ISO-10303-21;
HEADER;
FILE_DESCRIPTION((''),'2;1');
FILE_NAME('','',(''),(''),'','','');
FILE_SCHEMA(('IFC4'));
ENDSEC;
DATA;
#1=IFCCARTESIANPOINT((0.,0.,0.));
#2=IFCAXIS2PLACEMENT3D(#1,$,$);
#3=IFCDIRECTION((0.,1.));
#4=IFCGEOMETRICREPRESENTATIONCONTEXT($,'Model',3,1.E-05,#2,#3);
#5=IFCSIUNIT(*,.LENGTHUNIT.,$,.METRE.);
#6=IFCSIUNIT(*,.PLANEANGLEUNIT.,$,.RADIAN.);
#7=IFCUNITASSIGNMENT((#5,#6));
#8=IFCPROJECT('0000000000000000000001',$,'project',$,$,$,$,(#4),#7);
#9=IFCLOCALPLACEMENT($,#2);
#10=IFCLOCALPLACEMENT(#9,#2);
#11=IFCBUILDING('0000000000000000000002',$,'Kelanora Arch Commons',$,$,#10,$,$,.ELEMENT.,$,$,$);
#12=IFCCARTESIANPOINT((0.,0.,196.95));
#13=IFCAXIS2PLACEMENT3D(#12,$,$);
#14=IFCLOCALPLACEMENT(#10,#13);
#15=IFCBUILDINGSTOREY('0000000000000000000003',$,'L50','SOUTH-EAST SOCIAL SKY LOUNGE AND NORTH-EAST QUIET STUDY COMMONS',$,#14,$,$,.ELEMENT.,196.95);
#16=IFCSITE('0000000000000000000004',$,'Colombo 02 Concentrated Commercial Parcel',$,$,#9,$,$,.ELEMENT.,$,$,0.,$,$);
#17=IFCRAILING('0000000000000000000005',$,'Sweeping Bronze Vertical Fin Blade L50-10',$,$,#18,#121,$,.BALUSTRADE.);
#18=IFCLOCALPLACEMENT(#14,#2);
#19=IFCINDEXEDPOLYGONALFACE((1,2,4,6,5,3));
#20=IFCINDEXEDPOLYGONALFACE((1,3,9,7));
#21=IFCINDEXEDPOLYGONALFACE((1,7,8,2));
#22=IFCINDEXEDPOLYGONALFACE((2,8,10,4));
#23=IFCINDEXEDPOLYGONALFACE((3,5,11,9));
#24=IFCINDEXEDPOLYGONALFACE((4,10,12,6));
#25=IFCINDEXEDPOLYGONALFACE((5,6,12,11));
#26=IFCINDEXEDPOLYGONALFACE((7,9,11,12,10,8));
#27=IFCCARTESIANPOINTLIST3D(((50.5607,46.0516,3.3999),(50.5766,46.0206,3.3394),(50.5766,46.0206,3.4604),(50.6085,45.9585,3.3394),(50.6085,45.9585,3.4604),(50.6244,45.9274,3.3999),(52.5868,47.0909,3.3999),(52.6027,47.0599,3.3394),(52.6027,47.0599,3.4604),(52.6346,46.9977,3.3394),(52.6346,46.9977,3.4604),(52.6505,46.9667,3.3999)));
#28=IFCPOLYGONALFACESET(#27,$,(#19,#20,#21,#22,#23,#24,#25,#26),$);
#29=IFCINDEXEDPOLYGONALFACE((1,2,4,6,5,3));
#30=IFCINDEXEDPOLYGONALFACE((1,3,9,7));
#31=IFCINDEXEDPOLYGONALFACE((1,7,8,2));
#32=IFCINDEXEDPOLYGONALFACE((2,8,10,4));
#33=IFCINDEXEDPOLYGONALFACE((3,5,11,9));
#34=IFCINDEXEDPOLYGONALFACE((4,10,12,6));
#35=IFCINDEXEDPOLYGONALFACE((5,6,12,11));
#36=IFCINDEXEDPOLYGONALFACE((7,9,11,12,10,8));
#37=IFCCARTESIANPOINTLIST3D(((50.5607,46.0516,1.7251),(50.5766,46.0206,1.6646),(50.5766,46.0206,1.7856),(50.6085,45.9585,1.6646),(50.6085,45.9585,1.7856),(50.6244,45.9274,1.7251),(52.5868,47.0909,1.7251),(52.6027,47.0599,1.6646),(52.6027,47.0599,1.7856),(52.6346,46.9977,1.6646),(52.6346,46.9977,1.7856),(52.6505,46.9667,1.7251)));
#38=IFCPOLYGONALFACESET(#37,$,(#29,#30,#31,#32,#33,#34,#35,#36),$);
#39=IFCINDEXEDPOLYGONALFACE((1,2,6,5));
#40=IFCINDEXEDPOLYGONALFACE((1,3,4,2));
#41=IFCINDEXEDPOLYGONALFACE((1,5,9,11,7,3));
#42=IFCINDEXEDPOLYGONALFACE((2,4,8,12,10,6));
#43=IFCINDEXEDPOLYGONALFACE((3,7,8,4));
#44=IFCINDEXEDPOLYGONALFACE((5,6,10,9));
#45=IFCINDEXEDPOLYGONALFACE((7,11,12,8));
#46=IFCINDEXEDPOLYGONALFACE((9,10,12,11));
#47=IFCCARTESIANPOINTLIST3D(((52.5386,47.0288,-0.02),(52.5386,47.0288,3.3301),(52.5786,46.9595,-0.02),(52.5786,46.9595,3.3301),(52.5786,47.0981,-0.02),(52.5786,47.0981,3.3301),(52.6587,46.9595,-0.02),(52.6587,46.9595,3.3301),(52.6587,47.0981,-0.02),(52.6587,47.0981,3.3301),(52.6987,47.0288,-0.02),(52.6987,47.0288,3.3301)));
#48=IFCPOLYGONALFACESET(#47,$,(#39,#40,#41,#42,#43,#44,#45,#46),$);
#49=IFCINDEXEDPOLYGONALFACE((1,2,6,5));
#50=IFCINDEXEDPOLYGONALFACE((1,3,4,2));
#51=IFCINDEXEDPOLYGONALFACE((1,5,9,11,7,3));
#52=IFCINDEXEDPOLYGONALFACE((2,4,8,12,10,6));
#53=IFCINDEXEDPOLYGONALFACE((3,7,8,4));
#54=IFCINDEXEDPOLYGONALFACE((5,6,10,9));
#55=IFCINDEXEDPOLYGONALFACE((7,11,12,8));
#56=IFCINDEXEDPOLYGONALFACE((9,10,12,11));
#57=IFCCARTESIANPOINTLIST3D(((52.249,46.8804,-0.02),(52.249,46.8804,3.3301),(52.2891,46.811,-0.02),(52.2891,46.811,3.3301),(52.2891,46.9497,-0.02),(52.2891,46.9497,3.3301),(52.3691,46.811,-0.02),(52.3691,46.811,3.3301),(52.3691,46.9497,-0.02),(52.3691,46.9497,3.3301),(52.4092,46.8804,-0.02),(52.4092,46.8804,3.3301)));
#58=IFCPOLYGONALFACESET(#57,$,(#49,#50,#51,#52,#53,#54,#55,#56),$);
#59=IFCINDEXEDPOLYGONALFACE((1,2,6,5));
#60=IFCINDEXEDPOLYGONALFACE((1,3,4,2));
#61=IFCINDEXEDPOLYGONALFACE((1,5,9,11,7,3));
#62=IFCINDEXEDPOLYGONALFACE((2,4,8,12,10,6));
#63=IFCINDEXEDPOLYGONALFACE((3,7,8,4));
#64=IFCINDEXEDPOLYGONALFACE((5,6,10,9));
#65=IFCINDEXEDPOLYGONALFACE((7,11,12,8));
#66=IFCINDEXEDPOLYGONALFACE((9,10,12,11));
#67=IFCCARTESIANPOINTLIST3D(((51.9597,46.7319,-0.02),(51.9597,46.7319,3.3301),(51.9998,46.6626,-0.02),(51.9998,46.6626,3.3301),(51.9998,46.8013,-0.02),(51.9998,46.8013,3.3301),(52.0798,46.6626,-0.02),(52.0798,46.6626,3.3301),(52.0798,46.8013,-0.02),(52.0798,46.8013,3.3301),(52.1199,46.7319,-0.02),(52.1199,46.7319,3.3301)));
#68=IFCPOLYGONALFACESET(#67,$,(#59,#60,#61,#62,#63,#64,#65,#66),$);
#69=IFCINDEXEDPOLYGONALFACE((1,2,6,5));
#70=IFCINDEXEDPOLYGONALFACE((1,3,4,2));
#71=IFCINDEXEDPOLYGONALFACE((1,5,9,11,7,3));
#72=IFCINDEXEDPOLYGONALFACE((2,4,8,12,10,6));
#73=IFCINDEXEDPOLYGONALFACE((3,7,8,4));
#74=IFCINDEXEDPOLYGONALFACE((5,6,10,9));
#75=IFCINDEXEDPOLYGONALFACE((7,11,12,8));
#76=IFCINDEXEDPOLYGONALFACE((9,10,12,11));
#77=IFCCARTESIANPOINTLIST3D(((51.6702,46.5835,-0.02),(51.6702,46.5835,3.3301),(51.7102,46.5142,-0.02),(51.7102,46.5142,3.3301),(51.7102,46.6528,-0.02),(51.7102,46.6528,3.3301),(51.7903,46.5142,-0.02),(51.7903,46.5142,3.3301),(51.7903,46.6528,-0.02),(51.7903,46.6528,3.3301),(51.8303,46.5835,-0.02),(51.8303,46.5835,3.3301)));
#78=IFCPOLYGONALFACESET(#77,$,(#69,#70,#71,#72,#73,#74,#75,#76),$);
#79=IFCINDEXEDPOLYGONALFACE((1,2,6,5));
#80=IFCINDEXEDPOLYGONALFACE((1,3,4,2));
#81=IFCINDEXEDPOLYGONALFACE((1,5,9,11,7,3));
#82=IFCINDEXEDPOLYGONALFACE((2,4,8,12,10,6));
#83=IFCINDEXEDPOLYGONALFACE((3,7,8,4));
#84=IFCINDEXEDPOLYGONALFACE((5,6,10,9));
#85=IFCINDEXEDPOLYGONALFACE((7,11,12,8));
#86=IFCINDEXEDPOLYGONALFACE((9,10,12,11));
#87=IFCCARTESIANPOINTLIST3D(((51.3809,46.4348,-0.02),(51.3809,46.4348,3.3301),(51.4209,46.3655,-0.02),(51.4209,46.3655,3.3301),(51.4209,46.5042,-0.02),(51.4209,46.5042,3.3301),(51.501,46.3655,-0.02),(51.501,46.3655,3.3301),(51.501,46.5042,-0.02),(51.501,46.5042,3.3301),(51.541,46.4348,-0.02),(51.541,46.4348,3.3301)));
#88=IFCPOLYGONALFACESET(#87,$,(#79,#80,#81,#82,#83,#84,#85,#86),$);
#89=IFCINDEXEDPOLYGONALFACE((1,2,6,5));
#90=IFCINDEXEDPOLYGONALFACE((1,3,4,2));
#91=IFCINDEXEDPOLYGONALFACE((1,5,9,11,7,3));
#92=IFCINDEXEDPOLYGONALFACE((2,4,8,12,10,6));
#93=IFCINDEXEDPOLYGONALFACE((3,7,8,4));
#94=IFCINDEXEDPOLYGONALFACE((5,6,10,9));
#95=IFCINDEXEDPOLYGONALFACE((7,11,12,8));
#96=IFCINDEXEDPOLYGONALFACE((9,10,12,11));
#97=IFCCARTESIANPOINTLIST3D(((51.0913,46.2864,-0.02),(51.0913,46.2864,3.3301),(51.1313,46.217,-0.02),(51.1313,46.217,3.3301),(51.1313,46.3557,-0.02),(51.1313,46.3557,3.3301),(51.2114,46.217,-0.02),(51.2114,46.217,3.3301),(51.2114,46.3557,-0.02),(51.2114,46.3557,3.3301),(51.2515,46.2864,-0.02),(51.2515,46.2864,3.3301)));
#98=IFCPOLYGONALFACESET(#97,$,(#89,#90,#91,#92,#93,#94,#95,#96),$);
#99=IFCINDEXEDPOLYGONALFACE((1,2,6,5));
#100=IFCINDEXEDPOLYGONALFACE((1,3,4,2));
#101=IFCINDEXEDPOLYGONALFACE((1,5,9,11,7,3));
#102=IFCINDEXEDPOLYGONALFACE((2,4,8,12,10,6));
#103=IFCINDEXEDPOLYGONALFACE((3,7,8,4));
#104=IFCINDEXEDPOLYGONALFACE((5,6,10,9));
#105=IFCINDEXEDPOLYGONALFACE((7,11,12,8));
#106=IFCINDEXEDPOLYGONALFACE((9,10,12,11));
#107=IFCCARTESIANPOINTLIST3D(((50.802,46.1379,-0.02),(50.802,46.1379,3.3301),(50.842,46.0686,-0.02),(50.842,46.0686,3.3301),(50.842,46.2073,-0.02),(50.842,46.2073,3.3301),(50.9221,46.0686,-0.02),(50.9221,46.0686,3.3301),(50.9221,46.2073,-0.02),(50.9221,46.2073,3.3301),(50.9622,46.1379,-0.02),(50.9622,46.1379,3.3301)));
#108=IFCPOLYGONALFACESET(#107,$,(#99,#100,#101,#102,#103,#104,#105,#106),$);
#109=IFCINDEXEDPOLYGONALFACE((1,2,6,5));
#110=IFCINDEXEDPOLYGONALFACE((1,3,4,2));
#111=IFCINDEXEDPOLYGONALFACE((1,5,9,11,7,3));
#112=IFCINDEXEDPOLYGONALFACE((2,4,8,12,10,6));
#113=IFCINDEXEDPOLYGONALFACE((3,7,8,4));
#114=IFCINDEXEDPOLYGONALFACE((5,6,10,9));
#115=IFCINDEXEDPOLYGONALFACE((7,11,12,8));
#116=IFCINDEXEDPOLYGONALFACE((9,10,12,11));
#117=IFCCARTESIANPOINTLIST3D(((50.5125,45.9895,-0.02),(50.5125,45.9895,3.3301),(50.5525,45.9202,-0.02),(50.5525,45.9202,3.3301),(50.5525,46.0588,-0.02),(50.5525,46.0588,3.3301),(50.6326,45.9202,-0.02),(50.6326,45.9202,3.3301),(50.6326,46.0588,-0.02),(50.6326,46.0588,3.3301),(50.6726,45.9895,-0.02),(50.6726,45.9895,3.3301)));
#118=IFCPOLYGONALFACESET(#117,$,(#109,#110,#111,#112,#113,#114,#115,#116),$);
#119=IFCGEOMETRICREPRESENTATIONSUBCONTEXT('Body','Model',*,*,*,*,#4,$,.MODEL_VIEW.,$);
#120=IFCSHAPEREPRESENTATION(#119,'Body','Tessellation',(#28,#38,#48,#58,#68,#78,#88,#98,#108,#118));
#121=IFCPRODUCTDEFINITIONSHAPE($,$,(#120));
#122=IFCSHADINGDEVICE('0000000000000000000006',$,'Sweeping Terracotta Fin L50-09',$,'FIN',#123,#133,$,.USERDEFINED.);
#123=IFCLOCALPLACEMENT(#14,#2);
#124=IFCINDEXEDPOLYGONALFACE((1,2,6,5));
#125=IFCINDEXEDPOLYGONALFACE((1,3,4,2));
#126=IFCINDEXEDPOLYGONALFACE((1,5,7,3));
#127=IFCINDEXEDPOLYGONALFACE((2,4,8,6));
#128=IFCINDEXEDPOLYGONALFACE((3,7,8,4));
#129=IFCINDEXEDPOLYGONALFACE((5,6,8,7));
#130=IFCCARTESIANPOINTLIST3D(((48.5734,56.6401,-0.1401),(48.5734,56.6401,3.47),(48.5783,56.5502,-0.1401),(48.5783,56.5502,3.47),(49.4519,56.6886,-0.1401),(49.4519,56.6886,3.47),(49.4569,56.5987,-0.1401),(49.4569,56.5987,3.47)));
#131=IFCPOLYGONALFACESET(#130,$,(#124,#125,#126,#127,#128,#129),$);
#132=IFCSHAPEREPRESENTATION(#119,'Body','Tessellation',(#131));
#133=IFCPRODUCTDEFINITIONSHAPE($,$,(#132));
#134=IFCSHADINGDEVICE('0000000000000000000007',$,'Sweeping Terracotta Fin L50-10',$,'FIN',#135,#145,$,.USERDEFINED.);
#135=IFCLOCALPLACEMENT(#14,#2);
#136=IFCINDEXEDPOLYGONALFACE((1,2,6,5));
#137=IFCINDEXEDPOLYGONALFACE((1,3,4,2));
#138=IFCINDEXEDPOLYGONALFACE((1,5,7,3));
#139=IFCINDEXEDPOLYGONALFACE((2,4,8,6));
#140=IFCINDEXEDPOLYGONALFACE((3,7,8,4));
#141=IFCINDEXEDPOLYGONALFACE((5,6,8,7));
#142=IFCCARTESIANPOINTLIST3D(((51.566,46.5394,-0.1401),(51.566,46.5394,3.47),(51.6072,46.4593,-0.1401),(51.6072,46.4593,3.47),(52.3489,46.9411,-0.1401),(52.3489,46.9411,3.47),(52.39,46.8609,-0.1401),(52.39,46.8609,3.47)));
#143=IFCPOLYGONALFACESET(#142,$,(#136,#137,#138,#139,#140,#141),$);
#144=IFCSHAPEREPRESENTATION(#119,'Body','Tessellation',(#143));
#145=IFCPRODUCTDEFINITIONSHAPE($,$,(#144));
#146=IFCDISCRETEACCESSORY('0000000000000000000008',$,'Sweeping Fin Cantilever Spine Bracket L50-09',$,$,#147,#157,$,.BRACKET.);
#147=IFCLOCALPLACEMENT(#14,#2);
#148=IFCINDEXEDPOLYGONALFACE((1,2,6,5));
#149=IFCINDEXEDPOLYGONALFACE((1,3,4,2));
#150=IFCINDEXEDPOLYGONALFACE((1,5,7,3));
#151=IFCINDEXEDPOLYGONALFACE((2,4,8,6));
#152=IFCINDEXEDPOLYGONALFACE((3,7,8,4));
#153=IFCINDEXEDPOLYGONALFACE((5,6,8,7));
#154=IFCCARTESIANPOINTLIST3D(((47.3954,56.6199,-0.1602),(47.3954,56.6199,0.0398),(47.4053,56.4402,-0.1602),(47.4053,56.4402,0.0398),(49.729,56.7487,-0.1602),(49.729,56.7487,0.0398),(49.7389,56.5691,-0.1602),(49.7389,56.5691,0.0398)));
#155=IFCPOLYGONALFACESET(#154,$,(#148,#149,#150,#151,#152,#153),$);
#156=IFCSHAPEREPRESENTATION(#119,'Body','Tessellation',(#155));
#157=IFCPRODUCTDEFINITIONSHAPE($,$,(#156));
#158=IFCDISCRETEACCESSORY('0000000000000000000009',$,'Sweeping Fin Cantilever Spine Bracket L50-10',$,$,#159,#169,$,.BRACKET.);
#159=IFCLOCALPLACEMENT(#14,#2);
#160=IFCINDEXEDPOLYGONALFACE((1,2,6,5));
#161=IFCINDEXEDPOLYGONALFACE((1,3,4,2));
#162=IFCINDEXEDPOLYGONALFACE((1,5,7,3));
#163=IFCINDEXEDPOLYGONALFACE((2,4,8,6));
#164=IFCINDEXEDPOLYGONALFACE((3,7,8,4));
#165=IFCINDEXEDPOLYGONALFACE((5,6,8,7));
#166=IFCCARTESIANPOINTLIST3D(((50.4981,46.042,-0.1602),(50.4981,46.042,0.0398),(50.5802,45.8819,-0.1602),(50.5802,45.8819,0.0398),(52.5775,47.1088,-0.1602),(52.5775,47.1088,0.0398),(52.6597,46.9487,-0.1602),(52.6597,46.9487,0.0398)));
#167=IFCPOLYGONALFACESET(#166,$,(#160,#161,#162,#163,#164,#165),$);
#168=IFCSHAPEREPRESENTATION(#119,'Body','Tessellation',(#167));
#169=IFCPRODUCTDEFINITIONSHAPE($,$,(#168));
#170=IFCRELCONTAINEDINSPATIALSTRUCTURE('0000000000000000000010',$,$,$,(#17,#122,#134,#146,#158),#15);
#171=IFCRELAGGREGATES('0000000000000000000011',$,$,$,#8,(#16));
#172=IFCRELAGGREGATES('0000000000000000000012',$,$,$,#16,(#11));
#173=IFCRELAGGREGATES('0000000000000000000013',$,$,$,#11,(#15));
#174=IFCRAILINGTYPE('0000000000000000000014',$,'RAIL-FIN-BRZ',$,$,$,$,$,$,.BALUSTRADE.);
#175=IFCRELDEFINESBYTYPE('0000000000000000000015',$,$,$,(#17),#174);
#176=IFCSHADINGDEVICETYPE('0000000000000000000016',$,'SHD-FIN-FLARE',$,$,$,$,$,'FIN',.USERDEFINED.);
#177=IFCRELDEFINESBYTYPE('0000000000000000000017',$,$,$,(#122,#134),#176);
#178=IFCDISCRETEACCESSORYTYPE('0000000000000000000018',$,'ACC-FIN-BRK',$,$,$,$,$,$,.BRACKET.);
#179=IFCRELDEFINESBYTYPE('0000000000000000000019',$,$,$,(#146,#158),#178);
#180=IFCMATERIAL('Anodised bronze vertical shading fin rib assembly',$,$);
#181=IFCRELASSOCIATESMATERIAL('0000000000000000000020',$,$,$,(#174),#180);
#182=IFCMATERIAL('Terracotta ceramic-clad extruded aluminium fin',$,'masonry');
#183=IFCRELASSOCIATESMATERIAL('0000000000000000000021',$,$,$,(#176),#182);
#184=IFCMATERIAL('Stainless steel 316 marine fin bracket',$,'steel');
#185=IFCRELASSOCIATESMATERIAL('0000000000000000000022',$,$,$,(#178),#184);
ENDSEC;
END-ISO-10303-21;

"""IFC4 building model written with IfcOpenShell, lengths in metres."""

from ifc_helpers import new_model, si_unit, direction, frame, origin, origin_2d, place, context, subcontext, project, spatial, polyline, rectangle, outline, extrude, source, transform, mapped, material, type_object, element, save


model = new_model("IFC4")

# Units and contexts
model_context = context("Model", 3, precision=1e-05, world=origin(), true_north=direction((0.0, 1.0)))
body_context = subcontext(model_context, "Body", "Model", "MODEL_VIEW")
ifc_project = project(units=[si_unit("LENGTHUNIT", "METRE"), si_unit("PLANEANGLEUNIT", "RADIAN")], contexts=[model_context])

# Site, building, storey
site_placement = place(None, origin())
site = spatial("IfcSite", under=ifc_project, at=site_placement, Name="Colombo 02 Concentrated Commercial Parcel", CompositionType="ELEMENT", RefElevation=0.0)
building_placement = place(site_placement, origin())
building = spatial("IfcBuilding", under=site, at=building_placement, Name="Kelanora Arch Commons", CompositionType="ELEMENT")
storey_placement = place(building_placement, frame((0.0, 0.0, 196.95)))
storey = spatial("IfcBuildingStorey", under=building, at=storey_placement, Name="L50", Description="SOUTH-EAST SOCIAL SKY LOUNGE AND NORTH-EAST QUIET STUDY COMMONS", CompositionType="ELEMENT", Elevation=196.95)

# Railing
ifc_material_1 = material(Name="Anodised bronze vertical shading fin rib assembly")
railing_type = type_object("IfcRailingType", Name="RAIL-FIN-BRZ", PredefinedType="BALUSTRADE", material=ifc_material_1)
railing_1_placement = place(storey_placement, frame((52.6187, 47.0288, -0.02)))
element("IfcRailing", 1, at=railing_1_placement, inside=storey, type_object=railing_type, Name="Sweeping Bronze Vertical Fin Blade L50-10", PredefinedType="BALUSTRADE", context=body_context, shape_type="SweptSolid", body=[
    extrude(outline(polyline([(0.0698, 0.0), (0.0349, 0.0605), (-0.0349, 0.0605), (-0.0698, 0.0), (-0.0349, -0.0605), (0.0349, -0.0605), (0.0698, 0.0)])), frame((0.0, 0.0, 3.4199), z_axis=(-0.889769, -0.45641, 0.0), x_axis=(0.45641, -0.889769, 0.0)), (0.0, 0.0, 1.0), 2.2771),
    extrude(outline(polyline([(0.0698, 0.0), (0.0349, 0.0605), (-0.0349, 0.0605), (-0.0698, 0.0), (-0.0349, -0.0605), (0.0349, -0.0605), (0.0698, 0.0)])), frame((0.0, 0.0, 1.7451), z_axis=(-0.889769, -0.45641, 0.0), x_axis=(0.45641, -0.889769, 0.0)), (0.0, 0.0, 1.0), 2.2771),
    extrude(outline(polyline([(0.0801, 0.0), (0.04, 0.0693), (-0.04, 0.0693), (-0.0801, 0.0), (-0.04, -0.0693), (0.04, -0.0693), (0.0801, 0.0)])), origin(), (0.0, 0.0, 1.0), 3.3501),
    extrude(outline(polyline([(0.0801, 0.0), (0.04, 0.0693), (-0.04, 0.0693), (-0.0801, 0.0), (-0.04, -0.0693), (0.04, -0.0693), (0.0801, 0.0)])), frame((-0.2896, -0.1484, 0.0)), (0.0, 0.0, 1.0), 3.3501),
    extrude(outline(polyline([(0.0801, 0.0), (0.04, 0.0693), (-0.04, 0.0693), (-0.0801, 0.0), (-0.04, -0.0693), (0.04, -0.0693), (0.0801, 0.0)])), frame((-0.5789, -0.2969, 0.0)), (0.0, 0.0, 1.0), 3.3501),
    extrude(outline(polyline([(0.0801, 0.0), (0.04, 0.0693), (-0.04, 0.0693), (-0.0801, 0.0), (-0.04, -0.0693), (0.04, -0.0693), (0.0801, 0.0)])), frame((-0.8684, -0.4453, 0.0)), (0.0, 0.0, 1.0), 3.3501),
    extrude(outline(polyline([(0.0801, 0.0), (0.04, 0.0693), (-0.04, 0.0693), (-0.0801, 0.0), (-0.04, -0.0693), (0.04, -0.0693), (0.0801, 0.0)])), frame((-1.1577, -0.594, 0.0)), (0.0, 0.0, 1.0), 3.3501),
    extrude(outline(polyline([(0.0801, 0.0), (0.04, 0.0693), (-0.04, 0.0693), (-0.0801, 0.0), (-0.04, -0.0693), (0.04, -0.0693), (0.0801, 0.0)])), frame((-1.4473, -0.7424, 0.0)), (0.0, 0.0, 1.0), 3.3501),
    extrude(outline(polyline([(0.0801, 0.0), (0.04, 0.0693), (-0.04, 0.0693), (-0.0801, 0.0), (-0.04, -0.0693), (0.04, -0.0693), (0.0801, 0.0)])), frame((-1.7366, -0.8909, 0.0)), (0.0, 0.0, 1.0), 3.3501),
    extrude(outline(polyline([(0.0801, 0.0), (0.04, 0.0693), (-0.04, 0.0693), (-0.0801, 0.0), (-0.04, -0.0693), (0.04, -0.0693), (0.0801, 0.0)])), frame((-2.0261, -1.0393, 0.0)), (0.0, 0.0, 1.0), 3.3501),
])

# Shading devices
ifc_material_2 = material(Name="Terracotta ceramic-clad extruded aluminium fin", Category="masonry")
shading_device_type = type_object("IfcShadingDeviceType", Name="SHD-FIN-FLARE", ElementType="FIN", PredefinedType="USERDEFINED", material=ifc_material_2)
shared_shape_1 = source(origin(), body_context, "Body", "SweptSolid", [
    extrude(rectangle(XDim=0.8799, YDim=0.0901, at=origin_2d()), origin(), (0.0, 0.0, 1.0), 3.6101),
])
for number, where, z_axis, x_axis, name in (
    (2, (49.0151, 56.6194, -0.1401), (0.0, 0.0, 1.0), (-0.998479, -0.055124, 0.0), "Sweeping Terracotta Fin L50-09"),
    (3, (51.978, 46.7002, -0.1401), (0.0, 0.0, 1.0), (-0.889735, -0.456477, 0.0), "Sweeping Terracotta Fin L50-10"),
):
    element("IfcShadingDevice", number, at=place(storey_placement, frame(where, z_axis=z_axis, x_axis=x_axis)), inside=storey, type_object=shading_device_type, Name=name, ObjectType="FIN", PredefinedType="USERDEFINED", context=body_context, shape_type="MappedRepresentation", body=[
        mapped(shared_shape_1, transform((0.0, 0.0, 0.0), scale=1.0)),
    ])

# Discrete accessories
ifc_material_3 = material(Name="Stainless steel 316 marine fin bracket", Category="steel")
discrete_accessory_type = type_object("IfcDiscreteAccessoryType", Name="ACC-FIN-BRK", PredefinedType="BRACKET", material=ifc_material_3)
shared_shape_2 = source(origin(), body_context, "Body", "SweptSolid", [
    extrude(rectangle(XDim=2.3372, YDim=0.1799, at=origin_2d()), origin(), (0.0, 0.0, 1.0), 0.2),
])
for number, where, z_axis, x_axis, name in (
    (4, (48.5671, 56.5945, -0.1602), (0.0, 0.0, 1.0), (-0.998479, -0.055124, 0.0), "Sweeping Fin Cantilever Spine Bracket L50-09"),
    (5, (51.5789, 46.4954, -0.1602), (0.0, 0.0, 1.0), (-0.889735, -0.456477, 0.0), "Sweeping Fin Cantilever Spine Bracket L50-10"),
):
    element("IfcDiscreteAccessory", number, at=place(storey_placement, frame(where, z_axis=z_axis, x_axis=x_axis)), inside=storey, type_object=discrete_accessory_type, Name=name, PredefinedType="BRACKET", context=body_context, shape_type="MappedRepresentation", body=[
        mapped(shared_shape_2, transform((0.0, 0.0, 0.0), scale=1.0)),
    ])

save(model, "model.ifc")
